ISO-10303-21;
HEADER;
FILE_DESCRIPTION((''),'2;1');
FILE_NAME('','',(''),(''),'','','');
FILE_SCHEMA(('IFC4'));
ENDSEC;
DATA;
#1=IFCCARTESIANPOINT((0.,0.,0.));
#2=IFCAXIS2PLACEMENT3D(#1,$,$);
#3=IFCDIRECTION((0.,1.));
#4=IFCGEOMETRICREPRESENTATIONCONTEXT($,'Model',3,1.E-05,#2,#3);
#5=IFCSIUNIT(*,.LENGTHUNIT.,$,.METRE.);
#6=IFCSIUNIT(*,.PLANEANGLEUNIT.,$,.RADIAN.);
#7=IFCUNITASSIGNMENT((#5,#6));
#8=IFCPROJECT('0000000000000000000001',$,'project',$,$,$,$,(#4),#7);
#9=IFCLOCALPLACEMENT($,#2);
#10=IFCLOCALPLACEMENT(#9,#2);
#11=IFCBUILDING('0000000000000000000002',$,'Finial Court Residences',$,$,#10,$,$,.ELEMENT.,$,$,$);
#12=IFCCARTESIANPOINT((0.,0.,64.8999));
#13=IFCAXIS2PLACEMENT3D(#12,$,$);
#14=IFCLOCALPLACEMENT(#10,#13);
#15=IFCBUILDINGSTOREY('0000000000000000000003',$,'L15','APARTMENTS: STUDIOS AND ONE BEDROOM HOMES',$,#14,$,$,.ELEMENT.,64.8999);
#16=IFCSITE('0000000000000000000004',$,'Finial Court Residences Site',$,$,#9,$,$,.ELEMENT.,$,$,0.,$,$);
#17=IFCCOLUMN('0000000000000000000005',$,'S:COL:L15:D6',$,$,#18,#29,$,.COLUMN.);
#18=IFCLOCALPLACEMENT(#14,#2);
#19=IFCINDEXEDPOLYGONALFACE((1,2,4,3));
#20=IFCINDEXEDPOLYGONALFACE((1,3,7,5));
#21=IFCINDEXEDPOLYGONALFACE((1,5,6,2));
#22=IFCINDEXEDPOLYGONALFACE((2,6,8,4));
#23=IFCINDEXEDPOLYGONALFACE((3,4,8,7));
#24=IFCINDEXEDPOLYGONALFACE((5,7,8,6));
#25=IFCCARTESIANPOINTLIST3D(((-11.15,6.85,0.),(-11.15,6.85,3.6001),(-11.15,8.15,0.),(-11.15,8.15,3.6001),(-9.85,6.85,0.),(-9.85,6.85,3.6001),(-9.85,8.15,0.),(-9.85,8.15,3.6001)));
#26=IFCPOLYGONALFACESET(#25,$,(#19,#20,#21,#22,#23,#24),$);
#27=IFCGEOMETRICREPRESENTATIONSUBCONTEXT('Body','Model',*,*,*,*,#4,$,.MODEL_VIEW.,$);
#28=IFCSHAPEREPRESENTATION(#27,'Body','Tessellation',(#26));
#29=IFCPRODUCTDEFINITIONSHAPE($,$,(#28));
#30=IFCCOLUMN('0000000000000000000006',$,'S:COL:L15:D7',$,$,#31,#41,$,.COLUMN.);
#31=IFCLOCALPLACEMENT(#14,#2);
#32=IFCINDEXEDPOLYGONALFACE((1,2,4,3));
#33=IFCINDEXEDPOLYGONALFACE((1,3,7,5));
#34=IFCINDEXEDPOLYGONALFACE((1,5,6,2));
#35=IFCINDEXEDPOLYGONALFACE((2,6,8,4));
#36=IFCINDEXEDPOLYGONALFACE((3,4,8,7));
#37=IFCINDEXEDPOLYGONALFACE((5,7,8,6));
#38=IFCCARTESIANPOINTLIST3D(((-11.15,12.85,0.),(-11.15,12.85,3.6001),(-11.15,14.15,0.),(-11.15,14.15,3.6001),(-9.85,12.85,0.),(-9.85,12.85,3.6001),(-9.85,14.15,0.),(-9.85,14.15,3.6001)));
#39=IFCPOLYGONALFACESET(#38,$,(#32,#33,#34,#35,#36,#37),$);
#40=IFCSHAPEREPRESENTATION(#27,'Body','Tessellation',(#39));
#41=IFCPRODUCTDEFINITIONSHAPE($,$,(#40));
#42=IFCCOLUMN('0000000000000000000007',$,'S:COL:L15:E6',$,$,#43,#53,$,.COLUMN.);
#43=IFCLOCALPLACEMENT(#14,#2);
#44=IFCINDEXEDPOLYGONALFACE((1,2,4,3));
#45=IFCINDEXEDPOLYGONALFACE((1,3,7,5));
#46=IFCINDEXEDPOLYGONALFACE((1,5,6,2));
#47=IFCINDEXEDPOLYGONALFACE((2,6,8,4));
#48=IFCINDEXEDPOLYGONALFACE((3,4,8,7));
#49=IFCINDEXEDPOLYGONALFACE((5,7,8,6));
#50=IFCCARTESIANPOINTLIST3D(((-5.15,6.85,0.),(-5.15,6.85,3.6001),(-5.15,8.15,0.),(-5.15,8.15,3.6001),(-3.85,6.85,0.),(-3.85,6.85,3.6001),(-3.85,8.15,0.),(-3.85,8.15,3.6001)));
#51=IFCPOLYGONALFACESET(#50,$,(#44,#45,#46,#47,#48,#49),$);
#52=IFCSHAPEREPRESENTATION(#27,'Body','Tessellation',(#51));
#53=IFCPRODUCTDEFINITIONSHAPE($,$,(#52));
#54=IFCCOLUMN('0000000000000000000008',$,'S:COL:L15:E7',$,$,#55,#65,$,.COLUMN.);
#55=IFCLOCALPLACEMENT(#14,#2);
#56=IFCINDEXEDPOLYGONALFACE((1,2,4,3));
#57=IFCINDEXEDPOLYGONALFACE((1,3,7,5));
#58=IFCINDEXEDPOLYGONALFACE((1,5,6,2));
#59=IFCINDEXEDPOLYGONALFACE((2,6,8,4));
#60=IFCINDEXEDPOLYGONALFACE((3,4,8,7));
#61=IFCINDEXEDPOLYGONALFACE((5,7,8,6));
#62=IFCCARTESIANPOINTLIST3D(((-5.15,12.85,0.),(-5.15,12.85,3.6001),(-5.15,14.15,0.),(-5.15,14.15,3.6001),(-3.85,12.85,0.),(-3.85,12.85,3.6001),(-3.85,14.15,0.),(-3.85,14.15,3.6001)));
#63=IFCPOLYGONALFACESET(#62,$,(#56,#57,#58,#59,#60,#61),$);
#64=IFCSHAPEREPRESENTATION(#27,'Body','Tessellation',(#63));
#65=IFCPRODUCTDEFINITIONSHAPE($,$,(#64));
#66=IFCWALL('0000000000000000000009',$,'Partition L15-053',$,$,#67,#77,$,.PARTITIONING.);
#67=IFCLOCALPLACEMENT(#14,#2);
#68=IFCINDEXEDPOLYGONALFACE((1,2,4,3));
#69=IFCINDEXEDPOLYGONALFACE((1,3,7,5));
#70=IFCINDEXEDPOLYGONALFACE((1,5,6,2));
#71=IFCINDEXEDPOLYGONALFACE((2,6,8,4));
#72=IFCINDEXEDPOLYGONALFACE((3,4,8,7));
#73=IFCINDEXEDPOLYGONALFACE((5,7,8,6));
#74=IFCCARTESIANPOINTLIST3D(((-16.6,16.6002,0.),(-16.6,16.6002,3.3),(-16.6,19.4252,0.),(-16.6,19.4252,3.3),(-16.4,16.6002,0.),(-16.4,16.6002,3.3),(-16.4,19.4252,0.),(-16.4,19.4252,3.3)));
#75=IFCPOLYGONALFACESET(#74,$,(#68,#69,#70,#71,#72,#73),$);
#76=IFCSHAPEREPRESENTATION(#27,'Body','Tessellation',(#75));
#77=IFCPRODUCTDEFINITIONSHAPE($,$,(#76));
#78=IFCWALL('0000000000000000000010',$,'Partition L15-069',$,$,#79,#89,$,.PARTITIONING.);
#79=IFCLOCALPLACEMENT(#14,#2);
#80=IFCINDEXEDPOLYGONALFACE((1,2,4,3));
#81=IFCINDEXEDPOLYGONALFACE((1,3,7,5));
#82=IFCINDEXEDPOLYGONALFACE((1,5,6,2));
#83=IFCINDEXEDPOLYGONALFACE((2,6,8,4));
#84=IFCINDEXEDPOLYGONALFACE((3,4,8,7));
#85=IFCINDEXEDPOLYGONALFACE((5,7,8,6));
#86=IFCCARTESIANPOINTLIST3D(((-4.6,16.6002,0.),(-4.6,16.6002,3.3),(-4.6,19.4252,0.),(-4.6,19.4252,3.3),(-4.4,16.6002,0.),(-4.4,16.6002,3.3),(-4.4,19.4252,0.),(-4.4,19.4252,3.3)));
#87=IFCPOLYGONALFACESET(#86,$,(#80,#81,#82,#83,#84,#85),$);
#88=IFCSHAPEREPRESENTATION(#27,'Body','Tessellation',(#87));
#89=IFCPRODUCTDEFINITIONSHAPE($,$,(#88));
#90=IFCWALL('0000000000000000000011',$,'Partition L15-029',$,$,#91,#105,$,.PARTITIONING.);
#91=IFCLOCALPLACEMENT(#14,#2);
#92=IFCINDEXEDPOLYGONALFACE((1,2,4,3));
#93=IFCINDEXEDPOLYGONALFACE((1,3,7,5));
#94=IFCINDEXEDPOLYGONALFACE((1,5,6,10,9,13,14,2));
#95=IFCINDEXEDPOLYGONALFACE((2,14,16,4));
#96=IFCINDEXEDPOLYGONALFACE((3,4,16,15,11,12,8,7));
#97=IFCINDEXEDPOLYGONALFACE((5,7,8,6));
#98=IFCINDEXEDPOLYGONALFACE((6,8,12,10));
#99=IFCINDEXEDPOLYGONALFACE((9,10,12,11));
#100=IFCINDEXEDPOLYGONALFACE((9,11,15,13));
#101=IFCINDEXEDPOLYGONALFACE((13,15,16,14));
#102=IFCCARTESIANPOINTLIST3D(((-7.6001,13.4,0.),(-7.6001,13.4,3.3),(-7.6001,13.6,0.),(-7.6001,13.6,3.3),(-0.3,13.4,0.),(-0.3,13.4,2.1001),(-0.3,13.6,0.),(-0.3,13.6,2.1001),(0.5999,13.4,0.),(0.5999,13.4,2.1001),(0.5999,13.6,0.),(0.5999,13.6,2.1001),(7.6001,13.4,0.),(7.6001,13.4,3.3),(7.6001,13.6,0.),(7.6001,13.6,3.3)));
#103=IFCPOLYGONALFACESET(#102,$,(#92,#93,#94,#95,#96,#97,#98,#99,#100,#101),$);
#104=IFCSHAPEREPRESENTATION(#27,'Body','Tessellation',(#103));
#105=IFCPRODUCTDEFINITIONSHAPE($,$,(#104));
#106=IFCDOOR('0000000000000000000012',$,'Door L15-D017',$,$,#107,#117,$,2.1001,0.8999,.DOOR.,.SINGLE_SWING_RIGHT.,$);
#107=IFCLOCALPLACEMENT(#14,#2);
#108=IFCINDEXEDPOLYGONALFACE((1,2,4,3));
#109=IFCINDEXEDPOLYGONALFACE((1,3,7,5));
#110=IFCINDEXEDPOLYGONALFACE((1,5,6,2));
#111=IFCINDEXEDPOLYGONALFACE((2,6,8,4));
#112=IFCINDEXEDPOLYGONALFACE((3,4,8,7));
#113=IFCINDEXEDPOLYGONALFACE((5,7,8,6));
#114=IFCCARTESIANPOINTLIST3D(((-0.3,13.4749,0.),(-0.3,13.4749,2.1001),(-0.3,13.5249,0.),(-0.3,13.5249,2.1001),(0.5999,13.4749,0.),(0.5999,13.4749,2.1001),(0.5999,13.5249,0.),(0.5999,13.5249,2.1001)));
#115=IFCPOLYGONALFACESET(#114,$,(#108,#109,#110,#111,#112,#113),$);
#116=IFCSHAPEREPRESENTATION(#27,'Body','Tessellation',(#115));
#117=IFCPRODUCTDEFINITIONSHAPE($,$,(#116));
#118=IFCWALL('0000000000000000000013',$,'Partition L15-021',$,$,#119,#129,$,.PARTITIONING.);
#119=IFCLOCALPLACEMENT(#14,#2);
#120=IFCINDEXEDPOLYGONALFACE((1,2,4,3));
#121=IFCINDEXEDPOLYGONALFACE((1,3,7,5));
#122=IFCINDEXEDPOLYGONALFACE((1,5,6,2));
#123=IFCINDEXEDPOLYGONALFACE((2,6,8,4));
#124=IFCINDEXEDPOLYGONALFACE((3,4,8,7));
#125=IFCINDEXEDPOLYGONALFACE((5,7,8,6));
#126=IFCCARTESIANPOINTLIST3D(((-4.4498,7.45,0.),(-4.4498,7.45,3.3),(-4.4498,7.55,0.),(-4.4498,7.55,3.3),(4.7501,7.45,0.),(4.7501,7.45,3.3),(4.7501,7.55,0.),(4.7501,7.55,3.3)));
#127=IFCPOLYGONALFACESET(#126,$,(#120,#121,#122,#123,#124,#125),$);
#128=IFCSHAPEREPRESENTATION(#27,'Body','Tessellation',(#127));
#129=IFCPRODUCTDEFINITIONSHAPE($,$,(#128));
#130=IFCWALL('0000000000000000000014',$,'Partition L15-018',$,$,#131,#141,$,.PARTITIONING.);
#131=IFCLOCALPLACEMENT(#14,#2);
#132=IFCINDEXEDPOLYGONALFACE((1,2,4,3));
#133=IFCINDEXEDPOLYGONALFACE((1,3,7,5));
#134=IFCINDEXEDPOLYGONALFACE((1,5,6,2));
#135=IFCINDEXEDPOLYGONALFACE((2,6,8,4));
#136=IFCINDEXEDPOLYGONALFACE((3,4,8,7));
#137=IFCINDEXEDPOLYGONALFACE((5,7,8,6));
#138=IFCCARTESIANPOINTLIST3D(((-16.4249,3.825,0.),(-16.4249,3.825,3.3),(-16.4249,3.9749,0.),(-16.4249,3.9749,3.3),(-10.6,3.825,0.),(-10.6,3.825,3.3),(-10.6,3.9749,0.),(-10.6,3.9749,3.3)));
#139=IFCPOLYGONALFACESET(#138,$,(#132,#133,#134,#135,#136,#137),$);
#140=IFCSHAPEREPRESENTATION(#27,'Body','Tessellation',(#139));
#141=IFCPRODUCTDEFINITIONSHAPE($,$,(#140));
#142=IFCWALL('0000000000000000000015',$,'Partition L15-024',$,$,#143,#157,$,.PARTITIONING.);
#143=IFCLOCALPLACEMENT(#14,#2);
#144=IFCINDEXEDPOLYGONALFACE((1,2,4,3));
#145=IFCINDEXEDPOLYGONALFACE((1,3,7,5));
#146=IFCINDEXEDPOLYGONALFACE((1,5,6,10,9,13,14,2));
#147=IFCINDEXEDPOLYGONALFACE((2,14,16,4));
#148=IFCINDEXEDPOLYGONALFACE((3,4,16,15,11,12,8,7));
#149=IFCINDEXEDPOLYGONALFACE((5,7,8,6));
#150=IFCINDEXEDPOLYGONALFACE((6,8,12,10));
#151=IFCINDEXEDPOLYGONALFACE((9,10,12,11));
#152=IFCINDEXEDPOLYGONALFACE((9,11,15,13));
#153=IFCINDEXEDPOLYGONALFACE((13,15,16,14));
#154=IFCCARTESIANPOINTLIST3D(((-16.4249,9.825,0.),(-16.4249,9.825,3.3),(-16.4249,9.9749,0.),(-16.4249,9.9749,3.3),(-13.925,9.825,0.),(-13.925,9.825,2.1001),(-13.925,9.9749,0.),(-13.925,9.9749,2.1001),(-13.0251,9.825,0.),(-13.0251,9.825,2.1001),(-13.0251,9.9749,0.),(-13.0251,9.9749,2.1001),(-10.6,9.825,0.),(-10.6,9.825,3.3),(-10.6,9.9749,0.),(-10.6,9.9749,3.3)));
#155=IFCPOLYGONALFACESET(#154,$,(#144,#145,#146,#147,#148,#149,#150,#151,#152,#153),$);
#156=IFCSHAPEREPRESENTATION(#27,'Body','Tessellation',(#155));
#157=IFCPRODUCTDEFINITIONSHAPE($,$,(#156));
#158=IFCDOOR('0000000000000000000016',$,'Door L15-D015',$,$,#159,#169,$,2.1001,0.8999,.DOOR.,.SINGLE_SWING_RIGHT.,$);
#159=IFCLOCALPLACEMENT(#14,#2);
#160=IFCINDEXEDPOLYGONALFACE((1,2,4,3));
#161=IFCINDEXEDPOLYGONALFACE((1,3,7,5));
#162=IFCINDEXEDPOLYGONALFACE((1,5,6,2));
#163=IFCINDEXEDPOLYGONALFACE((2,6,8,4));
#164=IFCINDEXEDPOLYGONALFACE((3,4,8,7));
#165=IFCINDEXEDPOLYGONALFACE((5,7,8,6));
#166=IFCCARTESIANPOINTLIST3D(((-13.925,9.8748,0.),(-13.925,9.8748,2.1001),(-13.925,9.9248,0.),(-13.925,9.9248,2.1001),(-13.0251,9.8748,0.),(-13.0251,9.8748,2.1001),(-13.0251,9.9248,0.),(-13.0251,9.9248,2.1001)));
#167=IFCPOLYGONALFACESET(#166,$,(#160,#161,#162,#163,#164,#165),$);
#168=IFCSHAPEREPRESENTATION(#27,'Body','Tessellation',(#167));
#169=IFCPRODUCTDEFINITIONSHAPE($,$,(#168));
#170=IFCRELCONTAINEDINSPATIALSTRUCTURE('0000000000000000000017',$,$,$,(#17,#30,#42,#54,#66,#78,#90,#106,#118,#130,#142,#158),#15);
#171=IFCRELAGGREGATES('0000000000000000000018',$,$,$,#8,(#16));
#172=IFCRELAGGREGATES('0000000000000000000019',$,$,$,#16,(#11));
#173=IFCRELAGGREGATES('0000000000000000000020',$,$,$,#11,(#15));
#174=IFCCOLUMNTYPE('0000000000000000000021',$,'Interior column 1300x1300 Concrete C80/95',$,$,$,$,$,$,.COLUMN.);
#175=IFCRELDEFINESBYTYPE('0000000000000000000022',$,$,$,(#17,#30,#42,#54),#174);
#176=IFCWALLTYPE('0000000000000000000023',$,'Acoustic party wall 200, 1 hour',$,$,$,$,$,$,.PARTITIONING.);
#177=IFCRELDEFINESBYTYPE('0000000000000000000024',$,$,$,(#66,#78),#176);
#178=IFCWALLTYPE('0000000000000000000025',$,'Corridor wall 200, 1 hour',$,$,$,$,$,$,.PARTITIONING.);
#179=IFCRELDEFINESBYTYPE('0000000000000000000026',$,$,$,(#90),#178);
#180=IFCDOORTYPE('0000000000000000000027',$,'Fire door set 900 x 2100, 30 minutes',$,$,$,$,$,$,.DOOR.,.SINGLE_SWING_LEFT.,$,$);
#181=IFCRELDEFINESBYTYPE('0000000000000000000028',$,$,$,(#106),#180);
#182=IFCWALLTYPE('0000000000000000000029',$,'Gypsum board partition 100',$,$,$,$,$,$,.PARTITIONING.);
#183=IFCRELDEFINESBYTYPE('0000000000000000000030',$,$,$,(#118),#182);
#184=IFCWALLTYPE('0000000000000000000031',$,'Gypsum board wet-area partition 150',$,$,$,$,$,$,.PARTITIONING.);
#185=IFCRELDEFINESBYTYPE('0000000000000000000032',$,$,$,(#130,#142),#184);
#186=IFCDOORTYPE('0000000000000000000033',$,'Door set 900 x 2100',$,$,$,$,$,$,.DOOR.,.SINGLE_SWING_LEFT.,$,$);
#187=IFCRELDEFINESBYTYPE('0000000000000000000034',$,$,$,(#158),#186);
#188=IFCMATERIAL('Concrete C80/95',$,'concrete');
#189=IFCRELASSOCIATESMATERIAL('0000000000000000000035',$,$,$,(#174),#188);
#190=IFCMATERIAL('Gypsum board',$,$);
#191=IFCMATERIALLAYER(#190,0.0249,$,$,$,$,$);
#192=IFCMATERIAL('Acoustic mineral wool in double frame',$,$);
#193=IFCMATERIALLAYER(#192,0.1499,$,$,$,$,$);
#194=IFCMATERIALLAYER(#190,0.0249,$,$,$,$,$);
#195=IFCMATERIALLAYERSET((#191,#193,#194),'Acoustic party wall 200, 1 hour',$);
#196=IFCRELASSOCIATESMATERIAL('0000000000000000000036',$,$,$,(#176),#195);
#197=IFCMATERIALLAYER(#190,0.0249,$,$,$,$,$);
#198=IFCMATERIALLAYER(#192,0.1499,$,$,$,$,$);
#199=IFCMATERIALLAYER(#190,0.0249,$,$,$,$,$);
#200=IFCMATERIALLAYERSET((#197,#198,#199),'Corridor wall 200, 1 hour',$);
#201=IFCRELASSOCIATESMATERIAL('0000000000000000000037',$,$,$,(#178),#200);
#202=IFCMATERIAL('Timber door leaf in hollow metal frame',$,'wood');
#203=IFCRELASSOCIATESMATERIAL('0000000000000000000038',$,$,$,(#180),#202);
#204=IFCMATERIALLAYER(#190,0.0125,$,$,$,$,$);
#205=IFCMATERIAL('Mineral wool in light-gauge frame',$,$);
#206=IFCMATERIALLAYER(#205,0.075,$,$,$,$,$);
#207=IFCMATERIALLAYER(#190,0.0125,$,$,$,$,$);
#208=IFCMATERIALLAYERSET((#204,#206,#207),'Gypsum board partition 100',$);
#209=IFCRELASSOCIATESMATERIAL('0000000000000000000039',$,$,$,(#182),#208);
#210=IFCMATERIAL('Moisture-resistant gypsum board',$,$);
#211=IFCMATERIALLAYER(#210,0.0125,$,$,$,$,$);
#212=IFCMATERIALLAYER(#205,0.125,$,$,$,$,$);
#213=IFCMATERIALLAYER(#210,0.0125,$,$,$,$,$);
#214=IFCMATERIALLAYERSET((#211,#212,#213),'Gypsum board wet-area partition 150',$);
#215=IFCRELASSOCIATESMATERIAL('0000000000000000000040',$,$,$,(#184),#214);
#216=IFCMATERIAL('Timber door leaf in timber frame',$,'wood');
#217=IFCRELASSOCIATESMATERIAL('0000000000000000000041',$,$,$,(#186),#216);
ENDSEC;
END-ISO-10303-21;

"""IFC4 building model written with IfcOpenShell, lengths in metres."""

from ifc_helpers import new_model, si_unit, direction, frame, frame_2d, origin, origin_2d, place, context, subcontext, project, spatial, rectangle, extrude, material, layer, layer_set, material_profile, profile_set, type_object, element, fill, save


model = new_model("IFC4")

# Units and contexts
model_context = context("Model", 3, precision=1e-05, world=origin(), true_north=direction((0.0, 1.0)))
body_context = subcontext(model_context, "Body", "Model", "MODEL_VIEW")
ifc_project = project(units=[si_unit("LENGTHUNIT", "METRE"), si_unit("PLANEANGLEUNIT", "RADIAN")], contexts=[model_context])

# Site, building, storey
site_placement = place(None, origin())
site = spatial("IfcSite", under=ifc_project, at=site_placement, Name="Finial Court Residences Site", CompositionType="ELEMENT", RefElevation=0.0)
building_placement = place(site_placement, origin())
building = spatial("IfcBuilding", under=site, at=building_placement, Name="Finial Court Residences", CompositionType="ELEMENT")
storey_placement = place(building_placement, frame((0.0, 0.0, 64.8999)))
storey = spatial("IfcBuildingStorey", under=building, at=storey_placement, Name="L15", Description="APARTMENTS: STUDIOS AND ONE BEDROOM HOMES", CompositionType="ELEMENT", Elevation=64.8999)

# Columns
ifc_material_1 = material(Name="Concrete C80/95", Category="concrete")
ifc_material_profile = material_profile(ifc_material_1, rectangle(XDim=1.3, YDim=1.3, at=origin_2d()), Name="1300x1300")
ifc_profile_set = profile_set([ifc_material_profile], Name="Concrete C80/95")
column_type = type_object("IfcColumnType", Name="Interior column 1300x1300 Concrete C80/95", PredefinedType="COLUMN", material=ifc_profile_set)
for number, where, z_axis, x_axis, name in (
    (1, (-10.5, 7.5, 0.0), (0.0, 0.0, 1.0), (1.0, 0.0, 0.0), "S:COL:L15:D6"),
    (2, (-10.5, 13.5, 0.0), (0.0, 0.0, 1.0), (1.0, 0.0, 0.0), "S:COL:L15:D7"),
    (3, (-4.5, 7.5, 0.0), (0.0, 0.0, 1.0), (1.0, 0.0, 0.0), "S:COL:L15:E6"),
    (4, (-4.5, 13.5, 0.0), (0.0, 0.0, 1.0), (1.0, 0.0, 0.0), "S:COL:L15:E7"),
):
    element("IfcColumn", number, at=place(storey_placement, frame(where, z_axis=z_axis, x_axis=x_axis)), inside=storey, type_object=column_type, Name=name, PredefinedType="COLUMN", context=body_context, shape_type="SweptSolid", body=[
        extrude(rectangle(XDim=1.3, YDim=1.3, at=origin_2d()), origin(), (0.0, 0.0, 1.0), 3.6001),
    ])

# Walls
ifc_material_2 = material(Name="Gypsum board")
ifc_layer_1 = layer(ifc_material_2, 0.0249)
ifc_material_3 = material(Name="Acoustic mineral wool in double frame")
ifc_layer_2 = layer(ifc_material_3, 0.1499)
ifc_layer_3 = layer(ifc_material_2, 0.0249)
ifc_layer_set_1 = layer_set([ifc_layer_1, ifc_layer_2, ifc_layer_3], Name="Acoustic party wall 200, 1 hour")
wall_type_1 = type_object("IfcWallType", Name="Acoustic party wall 200, 1 hour", PredefinedType="PARTITIONING", material=ifc_layer_set_1)
for number, where, z_axis, x_axis, name in (
    (5, (-16.5, 16.6001, 0.0), (0.0, 0.0, 1.0), (0.0, 1.0, 0.0), "Partition L15-053"),
    (6, (-4.5, 16.6001, 0.0), (0.0, 0.0, 1.0), (0.0, 1.0, 0.0), "Partition L15-069"),
):
    element("IfcWall", number, at=place(storey_placement, frame(where, z_axis=z_axis, x_axis=x_axis)), inside=storey, type_object=wall_type_1, Name=name, PredefinedType="PARTITIONING", context=body_context, shape_type="SweptSolid", body=[
        extrude(rectangle(XDim=2.825, YDim=0.2, at=frame_2d((1.4126, 0.0))), origin(), (0.0, 0.0, 1.0), 3.3),
    ])

# Wall, opening, door
ifc_layer_4 = layer(ifc_material_2, 0.0249)
ifc_layer_5 = layer(ifc_material_3, 0.1499)
ifc_layer_6 = layer(ifc_material_2, 0.0249)
ifc_layer_set_2 = layer_set([ifc_layer_4, ifc_layer_5, ifc_layer_6], Name="Corridor wall 200, 1 hour")
wall_type_2 = type_object("IfcWallType", Name="Corridor wall 200, 1 hour", PredefinedType="PARTITIONING", material=ifc_layer_set_2)
wall_1_placement = place(storey_placement, frame((-7.6001, 13.5, 0.0), z_axis=(0.0, 0.0, 1.0), x_axis=(1.0, 0.0, 0.0)))
wall_1 = element("IfcWall", 7, at=wall_1_placement, inside=storey, type_object=wall_type_2, Name="Partition L15-029", PredefinedType="PARTITIONING", context=body_context, shape_type="SweptSolid", body=[
    extrude(rectangle(XDim=15.2002, YDim=0.2, at=frame_2d((7.6001, 0.0))), origin(), (0.0, 0.0, 1.0), 3.3),
])
opening_1_placement = place(wall_1_placement, frame((7.3, 0.0, 0.0)))
opening_1 = element("IfcOpeningElement", 8, at=opening_1_placement, cuts=wall_1, PredefinedType="OPENING", context=body_context, shape_type="SweptSolid", body=[
    extrude(rectangle(XDim=0.8999, YDim=2.1001, at=frame_2d((0.45, 1.05))), frame((0.0, 0.1099, 0.0), z_axis=(0.0, -1.0, 0.0), x_axis=(1.0, 0.0, 0.0)), (0.0, 0.0, 1.0), 0.22),
])
ifc_material_4 = material(Name="Timber door leaf in hollow metal frame", Category="wood")
door_type_1 = type_object("IfcDoorType", Name="Fire door set 900 x 2100, 30 minutes", OperationType="SINGLE_SWING_LEFT", PredefinedType="DOOR", material=ifc_material_4)
door_1_placement = place(opening_1_placement, origin())
door_1 = element("IfcDoor", 9, at=door_1_placement, inside=storey, type_object=door_type_1, Name="Door L15-D017", OperationType="SINGLE_SWING_RIGHT", OverallHeight=2.1001, OverallWidth=0.8999, PredefinedType="DOOR", context=body_context, shape_type="SweptSolid", body=[
    extrude(rectangle(XDim=0.8999, YDim=2.1001, at=frame_2d((0.45, 1.05))), frame((0.0, 0.0249, 0.0), z_axis=(0.0, -1.0, 0.0), x_axis=(1.0, 0.0, 0.0)), (0.0, 0.0, 1.0), 0.05),
])
fill(opening_1, door_1)

# Walls
ifc_layer_7 = layer(ifc_material_2, 0.0125)
ifc_material_5 = material(Name="Mineral wool in light-gauge frame")
ifc_layer_8 = layer(ifc_material_5, 0.075)
ifc_layer_9 = layer(ifc_material_2, 0.0125)
ifc_layer_set_3 = layer_set([ifc_layer_7, ifc_layer_8, ifc_layer_9], Name="Gypsum board partition 100")
wall_type_3 = type_object("IfcWallType", Name="Gypsum board partition 100", PredefinedType="PARTITIONING", material=ifc_layer_set_3)
wall_2_placement = place(storey_placement, frame((-4.45, 7.5, 0.0), z_axis=(0.0, 0.0, 1.0), x_axis=(1.0, 0.0, 0.0)))
element("IfcWall", 10, at=wall_2_placement, inside=storey, type_object=wall_type_3, Name="Partition L15-021", PredefinedType="PARTITIONING", context=body_context, shape_type="SweptSolid", body=[
    extrude(rectangle(XDim=9.2, YDim=0.1001, at=frame_2d((4.6001, 0.0))), origin(), (0.0, 0.0, 1.0), 3.3),
])
ifc_material_6 = material(Name="Moisture-resistant gypsum board")
ifc_layer_10 = layer(ifc_material_6, 0.0125)
ifc_layer_11 = layer(ifc_material_5, 0.125)
ifc_layer_12 = layer(ifc_material_6, 0.0125)
ifc_layer_set_4 = layer_set([ifc_layer_10, ifc_layer_11, ifc_layer_12], Name="Gypsum board wet-area partition 150")
wall_type_4 = type_object("IfcWallType", Name="Gypsum board wet-area partition 150", PredefinedType="PARTITIONING", material=ifc_layer_set_4)
wall_3_placement = place(storey_placement, frame((-16.425, 3.8999, 0.0), z_axis=(0.0, 0.0, 1.0), x_axis=(1.0, 0.0, 0.0)))
element("IfcWall", 11, at=wall_3_placement, inside=storey, type_object=wall_type_4, Name="Partition L15-018", PredefinedType="PARTITIONING", context=body_context, shape_type="SweptSolid", body=[
    extrude(rectangle(XDim=5.825, YDim=0.1499, at=frame_2d((2.9126, 0.0))), origin(), (0.0, 0.0, 1.0), 3.3),
])

# Wall, opening, door
wall_4_placement = place(storey_placement, frame((-16.425, 9.8999, 0.0), z_axis=(0.0, 0.0, 1.0), x_axis=(1.0, 0.0, 0.0)))
wall_4 = element("IfcWall", 12, at=wall_4_placement, inside=storey, type_object=wall_type_4, Name="Partition L15-024", PredefinedType="PARTITIONING", context=body_context, shape_type="SweptSolid", body=[
    extrude(rectangle(XDim=5.825, YDim=0.1499, at=frame_2d((2.9126, 0.0))), origin(), (0.0, 0.0, 1.0), 3.3),
])
opening_2_placement = place(wall_4_placement, frame((2.5, 0.0, 0.0)))
opening_2 = element("IfcOpeningElement", 13, at=opening_2_placement, cuts=wall_4, PredefinedType="OPENING", context=body_context, shape_type="SweptSolid", body=[
    extrude(rectangle(XDim=0.8999, YDim=2.1001, at=frame_2d((0.45, 1.05))), frame((0.0, 0.085, 0.0), z_axis=(0.0, -1.0, 0.0), x_axis=(1.0, 0.0, 0.0)), (0.0, 0.0, 1.0), 0.1699),
])
ifc_material_7 = material(Name="Timber door leaf in timber frame", Category="wood")
door_type_2 = type_object("IfcDoorType", Name="Door set 900 x 2100", OperationType="SINGLE_SWING_LEFT", PredefinedType="DOOR", material=ifc_material_7)
door_2_placement = place(opening_2_placement, origin())
door_2 = element("IfcDoor", 14, at=door_2_placement, inside=storey, type_object=door_type_2, Name="Door L15-D015", OperationType="SINGLE_SWING_RIGHT", OverallHeight=2.1001, OverallWidth=0.8999, PredefinedType="DOOR", context=body_context, shape_type="SweptSolid", body=[
    extrude(rectangle(XDim=0.8999, YDim=2.1001, at=frame_2d((0.45, 1.05))), frame((0.0, 0.0249, 0.0), z_axis=(0.0, -1.0, 0.0), x_axis=(1.0, 0.0, 0.0)), (0.0, 0.0, 1.0), 0.05),
])
fill(opening_2, door_2)

save(model, "model.ifc")
